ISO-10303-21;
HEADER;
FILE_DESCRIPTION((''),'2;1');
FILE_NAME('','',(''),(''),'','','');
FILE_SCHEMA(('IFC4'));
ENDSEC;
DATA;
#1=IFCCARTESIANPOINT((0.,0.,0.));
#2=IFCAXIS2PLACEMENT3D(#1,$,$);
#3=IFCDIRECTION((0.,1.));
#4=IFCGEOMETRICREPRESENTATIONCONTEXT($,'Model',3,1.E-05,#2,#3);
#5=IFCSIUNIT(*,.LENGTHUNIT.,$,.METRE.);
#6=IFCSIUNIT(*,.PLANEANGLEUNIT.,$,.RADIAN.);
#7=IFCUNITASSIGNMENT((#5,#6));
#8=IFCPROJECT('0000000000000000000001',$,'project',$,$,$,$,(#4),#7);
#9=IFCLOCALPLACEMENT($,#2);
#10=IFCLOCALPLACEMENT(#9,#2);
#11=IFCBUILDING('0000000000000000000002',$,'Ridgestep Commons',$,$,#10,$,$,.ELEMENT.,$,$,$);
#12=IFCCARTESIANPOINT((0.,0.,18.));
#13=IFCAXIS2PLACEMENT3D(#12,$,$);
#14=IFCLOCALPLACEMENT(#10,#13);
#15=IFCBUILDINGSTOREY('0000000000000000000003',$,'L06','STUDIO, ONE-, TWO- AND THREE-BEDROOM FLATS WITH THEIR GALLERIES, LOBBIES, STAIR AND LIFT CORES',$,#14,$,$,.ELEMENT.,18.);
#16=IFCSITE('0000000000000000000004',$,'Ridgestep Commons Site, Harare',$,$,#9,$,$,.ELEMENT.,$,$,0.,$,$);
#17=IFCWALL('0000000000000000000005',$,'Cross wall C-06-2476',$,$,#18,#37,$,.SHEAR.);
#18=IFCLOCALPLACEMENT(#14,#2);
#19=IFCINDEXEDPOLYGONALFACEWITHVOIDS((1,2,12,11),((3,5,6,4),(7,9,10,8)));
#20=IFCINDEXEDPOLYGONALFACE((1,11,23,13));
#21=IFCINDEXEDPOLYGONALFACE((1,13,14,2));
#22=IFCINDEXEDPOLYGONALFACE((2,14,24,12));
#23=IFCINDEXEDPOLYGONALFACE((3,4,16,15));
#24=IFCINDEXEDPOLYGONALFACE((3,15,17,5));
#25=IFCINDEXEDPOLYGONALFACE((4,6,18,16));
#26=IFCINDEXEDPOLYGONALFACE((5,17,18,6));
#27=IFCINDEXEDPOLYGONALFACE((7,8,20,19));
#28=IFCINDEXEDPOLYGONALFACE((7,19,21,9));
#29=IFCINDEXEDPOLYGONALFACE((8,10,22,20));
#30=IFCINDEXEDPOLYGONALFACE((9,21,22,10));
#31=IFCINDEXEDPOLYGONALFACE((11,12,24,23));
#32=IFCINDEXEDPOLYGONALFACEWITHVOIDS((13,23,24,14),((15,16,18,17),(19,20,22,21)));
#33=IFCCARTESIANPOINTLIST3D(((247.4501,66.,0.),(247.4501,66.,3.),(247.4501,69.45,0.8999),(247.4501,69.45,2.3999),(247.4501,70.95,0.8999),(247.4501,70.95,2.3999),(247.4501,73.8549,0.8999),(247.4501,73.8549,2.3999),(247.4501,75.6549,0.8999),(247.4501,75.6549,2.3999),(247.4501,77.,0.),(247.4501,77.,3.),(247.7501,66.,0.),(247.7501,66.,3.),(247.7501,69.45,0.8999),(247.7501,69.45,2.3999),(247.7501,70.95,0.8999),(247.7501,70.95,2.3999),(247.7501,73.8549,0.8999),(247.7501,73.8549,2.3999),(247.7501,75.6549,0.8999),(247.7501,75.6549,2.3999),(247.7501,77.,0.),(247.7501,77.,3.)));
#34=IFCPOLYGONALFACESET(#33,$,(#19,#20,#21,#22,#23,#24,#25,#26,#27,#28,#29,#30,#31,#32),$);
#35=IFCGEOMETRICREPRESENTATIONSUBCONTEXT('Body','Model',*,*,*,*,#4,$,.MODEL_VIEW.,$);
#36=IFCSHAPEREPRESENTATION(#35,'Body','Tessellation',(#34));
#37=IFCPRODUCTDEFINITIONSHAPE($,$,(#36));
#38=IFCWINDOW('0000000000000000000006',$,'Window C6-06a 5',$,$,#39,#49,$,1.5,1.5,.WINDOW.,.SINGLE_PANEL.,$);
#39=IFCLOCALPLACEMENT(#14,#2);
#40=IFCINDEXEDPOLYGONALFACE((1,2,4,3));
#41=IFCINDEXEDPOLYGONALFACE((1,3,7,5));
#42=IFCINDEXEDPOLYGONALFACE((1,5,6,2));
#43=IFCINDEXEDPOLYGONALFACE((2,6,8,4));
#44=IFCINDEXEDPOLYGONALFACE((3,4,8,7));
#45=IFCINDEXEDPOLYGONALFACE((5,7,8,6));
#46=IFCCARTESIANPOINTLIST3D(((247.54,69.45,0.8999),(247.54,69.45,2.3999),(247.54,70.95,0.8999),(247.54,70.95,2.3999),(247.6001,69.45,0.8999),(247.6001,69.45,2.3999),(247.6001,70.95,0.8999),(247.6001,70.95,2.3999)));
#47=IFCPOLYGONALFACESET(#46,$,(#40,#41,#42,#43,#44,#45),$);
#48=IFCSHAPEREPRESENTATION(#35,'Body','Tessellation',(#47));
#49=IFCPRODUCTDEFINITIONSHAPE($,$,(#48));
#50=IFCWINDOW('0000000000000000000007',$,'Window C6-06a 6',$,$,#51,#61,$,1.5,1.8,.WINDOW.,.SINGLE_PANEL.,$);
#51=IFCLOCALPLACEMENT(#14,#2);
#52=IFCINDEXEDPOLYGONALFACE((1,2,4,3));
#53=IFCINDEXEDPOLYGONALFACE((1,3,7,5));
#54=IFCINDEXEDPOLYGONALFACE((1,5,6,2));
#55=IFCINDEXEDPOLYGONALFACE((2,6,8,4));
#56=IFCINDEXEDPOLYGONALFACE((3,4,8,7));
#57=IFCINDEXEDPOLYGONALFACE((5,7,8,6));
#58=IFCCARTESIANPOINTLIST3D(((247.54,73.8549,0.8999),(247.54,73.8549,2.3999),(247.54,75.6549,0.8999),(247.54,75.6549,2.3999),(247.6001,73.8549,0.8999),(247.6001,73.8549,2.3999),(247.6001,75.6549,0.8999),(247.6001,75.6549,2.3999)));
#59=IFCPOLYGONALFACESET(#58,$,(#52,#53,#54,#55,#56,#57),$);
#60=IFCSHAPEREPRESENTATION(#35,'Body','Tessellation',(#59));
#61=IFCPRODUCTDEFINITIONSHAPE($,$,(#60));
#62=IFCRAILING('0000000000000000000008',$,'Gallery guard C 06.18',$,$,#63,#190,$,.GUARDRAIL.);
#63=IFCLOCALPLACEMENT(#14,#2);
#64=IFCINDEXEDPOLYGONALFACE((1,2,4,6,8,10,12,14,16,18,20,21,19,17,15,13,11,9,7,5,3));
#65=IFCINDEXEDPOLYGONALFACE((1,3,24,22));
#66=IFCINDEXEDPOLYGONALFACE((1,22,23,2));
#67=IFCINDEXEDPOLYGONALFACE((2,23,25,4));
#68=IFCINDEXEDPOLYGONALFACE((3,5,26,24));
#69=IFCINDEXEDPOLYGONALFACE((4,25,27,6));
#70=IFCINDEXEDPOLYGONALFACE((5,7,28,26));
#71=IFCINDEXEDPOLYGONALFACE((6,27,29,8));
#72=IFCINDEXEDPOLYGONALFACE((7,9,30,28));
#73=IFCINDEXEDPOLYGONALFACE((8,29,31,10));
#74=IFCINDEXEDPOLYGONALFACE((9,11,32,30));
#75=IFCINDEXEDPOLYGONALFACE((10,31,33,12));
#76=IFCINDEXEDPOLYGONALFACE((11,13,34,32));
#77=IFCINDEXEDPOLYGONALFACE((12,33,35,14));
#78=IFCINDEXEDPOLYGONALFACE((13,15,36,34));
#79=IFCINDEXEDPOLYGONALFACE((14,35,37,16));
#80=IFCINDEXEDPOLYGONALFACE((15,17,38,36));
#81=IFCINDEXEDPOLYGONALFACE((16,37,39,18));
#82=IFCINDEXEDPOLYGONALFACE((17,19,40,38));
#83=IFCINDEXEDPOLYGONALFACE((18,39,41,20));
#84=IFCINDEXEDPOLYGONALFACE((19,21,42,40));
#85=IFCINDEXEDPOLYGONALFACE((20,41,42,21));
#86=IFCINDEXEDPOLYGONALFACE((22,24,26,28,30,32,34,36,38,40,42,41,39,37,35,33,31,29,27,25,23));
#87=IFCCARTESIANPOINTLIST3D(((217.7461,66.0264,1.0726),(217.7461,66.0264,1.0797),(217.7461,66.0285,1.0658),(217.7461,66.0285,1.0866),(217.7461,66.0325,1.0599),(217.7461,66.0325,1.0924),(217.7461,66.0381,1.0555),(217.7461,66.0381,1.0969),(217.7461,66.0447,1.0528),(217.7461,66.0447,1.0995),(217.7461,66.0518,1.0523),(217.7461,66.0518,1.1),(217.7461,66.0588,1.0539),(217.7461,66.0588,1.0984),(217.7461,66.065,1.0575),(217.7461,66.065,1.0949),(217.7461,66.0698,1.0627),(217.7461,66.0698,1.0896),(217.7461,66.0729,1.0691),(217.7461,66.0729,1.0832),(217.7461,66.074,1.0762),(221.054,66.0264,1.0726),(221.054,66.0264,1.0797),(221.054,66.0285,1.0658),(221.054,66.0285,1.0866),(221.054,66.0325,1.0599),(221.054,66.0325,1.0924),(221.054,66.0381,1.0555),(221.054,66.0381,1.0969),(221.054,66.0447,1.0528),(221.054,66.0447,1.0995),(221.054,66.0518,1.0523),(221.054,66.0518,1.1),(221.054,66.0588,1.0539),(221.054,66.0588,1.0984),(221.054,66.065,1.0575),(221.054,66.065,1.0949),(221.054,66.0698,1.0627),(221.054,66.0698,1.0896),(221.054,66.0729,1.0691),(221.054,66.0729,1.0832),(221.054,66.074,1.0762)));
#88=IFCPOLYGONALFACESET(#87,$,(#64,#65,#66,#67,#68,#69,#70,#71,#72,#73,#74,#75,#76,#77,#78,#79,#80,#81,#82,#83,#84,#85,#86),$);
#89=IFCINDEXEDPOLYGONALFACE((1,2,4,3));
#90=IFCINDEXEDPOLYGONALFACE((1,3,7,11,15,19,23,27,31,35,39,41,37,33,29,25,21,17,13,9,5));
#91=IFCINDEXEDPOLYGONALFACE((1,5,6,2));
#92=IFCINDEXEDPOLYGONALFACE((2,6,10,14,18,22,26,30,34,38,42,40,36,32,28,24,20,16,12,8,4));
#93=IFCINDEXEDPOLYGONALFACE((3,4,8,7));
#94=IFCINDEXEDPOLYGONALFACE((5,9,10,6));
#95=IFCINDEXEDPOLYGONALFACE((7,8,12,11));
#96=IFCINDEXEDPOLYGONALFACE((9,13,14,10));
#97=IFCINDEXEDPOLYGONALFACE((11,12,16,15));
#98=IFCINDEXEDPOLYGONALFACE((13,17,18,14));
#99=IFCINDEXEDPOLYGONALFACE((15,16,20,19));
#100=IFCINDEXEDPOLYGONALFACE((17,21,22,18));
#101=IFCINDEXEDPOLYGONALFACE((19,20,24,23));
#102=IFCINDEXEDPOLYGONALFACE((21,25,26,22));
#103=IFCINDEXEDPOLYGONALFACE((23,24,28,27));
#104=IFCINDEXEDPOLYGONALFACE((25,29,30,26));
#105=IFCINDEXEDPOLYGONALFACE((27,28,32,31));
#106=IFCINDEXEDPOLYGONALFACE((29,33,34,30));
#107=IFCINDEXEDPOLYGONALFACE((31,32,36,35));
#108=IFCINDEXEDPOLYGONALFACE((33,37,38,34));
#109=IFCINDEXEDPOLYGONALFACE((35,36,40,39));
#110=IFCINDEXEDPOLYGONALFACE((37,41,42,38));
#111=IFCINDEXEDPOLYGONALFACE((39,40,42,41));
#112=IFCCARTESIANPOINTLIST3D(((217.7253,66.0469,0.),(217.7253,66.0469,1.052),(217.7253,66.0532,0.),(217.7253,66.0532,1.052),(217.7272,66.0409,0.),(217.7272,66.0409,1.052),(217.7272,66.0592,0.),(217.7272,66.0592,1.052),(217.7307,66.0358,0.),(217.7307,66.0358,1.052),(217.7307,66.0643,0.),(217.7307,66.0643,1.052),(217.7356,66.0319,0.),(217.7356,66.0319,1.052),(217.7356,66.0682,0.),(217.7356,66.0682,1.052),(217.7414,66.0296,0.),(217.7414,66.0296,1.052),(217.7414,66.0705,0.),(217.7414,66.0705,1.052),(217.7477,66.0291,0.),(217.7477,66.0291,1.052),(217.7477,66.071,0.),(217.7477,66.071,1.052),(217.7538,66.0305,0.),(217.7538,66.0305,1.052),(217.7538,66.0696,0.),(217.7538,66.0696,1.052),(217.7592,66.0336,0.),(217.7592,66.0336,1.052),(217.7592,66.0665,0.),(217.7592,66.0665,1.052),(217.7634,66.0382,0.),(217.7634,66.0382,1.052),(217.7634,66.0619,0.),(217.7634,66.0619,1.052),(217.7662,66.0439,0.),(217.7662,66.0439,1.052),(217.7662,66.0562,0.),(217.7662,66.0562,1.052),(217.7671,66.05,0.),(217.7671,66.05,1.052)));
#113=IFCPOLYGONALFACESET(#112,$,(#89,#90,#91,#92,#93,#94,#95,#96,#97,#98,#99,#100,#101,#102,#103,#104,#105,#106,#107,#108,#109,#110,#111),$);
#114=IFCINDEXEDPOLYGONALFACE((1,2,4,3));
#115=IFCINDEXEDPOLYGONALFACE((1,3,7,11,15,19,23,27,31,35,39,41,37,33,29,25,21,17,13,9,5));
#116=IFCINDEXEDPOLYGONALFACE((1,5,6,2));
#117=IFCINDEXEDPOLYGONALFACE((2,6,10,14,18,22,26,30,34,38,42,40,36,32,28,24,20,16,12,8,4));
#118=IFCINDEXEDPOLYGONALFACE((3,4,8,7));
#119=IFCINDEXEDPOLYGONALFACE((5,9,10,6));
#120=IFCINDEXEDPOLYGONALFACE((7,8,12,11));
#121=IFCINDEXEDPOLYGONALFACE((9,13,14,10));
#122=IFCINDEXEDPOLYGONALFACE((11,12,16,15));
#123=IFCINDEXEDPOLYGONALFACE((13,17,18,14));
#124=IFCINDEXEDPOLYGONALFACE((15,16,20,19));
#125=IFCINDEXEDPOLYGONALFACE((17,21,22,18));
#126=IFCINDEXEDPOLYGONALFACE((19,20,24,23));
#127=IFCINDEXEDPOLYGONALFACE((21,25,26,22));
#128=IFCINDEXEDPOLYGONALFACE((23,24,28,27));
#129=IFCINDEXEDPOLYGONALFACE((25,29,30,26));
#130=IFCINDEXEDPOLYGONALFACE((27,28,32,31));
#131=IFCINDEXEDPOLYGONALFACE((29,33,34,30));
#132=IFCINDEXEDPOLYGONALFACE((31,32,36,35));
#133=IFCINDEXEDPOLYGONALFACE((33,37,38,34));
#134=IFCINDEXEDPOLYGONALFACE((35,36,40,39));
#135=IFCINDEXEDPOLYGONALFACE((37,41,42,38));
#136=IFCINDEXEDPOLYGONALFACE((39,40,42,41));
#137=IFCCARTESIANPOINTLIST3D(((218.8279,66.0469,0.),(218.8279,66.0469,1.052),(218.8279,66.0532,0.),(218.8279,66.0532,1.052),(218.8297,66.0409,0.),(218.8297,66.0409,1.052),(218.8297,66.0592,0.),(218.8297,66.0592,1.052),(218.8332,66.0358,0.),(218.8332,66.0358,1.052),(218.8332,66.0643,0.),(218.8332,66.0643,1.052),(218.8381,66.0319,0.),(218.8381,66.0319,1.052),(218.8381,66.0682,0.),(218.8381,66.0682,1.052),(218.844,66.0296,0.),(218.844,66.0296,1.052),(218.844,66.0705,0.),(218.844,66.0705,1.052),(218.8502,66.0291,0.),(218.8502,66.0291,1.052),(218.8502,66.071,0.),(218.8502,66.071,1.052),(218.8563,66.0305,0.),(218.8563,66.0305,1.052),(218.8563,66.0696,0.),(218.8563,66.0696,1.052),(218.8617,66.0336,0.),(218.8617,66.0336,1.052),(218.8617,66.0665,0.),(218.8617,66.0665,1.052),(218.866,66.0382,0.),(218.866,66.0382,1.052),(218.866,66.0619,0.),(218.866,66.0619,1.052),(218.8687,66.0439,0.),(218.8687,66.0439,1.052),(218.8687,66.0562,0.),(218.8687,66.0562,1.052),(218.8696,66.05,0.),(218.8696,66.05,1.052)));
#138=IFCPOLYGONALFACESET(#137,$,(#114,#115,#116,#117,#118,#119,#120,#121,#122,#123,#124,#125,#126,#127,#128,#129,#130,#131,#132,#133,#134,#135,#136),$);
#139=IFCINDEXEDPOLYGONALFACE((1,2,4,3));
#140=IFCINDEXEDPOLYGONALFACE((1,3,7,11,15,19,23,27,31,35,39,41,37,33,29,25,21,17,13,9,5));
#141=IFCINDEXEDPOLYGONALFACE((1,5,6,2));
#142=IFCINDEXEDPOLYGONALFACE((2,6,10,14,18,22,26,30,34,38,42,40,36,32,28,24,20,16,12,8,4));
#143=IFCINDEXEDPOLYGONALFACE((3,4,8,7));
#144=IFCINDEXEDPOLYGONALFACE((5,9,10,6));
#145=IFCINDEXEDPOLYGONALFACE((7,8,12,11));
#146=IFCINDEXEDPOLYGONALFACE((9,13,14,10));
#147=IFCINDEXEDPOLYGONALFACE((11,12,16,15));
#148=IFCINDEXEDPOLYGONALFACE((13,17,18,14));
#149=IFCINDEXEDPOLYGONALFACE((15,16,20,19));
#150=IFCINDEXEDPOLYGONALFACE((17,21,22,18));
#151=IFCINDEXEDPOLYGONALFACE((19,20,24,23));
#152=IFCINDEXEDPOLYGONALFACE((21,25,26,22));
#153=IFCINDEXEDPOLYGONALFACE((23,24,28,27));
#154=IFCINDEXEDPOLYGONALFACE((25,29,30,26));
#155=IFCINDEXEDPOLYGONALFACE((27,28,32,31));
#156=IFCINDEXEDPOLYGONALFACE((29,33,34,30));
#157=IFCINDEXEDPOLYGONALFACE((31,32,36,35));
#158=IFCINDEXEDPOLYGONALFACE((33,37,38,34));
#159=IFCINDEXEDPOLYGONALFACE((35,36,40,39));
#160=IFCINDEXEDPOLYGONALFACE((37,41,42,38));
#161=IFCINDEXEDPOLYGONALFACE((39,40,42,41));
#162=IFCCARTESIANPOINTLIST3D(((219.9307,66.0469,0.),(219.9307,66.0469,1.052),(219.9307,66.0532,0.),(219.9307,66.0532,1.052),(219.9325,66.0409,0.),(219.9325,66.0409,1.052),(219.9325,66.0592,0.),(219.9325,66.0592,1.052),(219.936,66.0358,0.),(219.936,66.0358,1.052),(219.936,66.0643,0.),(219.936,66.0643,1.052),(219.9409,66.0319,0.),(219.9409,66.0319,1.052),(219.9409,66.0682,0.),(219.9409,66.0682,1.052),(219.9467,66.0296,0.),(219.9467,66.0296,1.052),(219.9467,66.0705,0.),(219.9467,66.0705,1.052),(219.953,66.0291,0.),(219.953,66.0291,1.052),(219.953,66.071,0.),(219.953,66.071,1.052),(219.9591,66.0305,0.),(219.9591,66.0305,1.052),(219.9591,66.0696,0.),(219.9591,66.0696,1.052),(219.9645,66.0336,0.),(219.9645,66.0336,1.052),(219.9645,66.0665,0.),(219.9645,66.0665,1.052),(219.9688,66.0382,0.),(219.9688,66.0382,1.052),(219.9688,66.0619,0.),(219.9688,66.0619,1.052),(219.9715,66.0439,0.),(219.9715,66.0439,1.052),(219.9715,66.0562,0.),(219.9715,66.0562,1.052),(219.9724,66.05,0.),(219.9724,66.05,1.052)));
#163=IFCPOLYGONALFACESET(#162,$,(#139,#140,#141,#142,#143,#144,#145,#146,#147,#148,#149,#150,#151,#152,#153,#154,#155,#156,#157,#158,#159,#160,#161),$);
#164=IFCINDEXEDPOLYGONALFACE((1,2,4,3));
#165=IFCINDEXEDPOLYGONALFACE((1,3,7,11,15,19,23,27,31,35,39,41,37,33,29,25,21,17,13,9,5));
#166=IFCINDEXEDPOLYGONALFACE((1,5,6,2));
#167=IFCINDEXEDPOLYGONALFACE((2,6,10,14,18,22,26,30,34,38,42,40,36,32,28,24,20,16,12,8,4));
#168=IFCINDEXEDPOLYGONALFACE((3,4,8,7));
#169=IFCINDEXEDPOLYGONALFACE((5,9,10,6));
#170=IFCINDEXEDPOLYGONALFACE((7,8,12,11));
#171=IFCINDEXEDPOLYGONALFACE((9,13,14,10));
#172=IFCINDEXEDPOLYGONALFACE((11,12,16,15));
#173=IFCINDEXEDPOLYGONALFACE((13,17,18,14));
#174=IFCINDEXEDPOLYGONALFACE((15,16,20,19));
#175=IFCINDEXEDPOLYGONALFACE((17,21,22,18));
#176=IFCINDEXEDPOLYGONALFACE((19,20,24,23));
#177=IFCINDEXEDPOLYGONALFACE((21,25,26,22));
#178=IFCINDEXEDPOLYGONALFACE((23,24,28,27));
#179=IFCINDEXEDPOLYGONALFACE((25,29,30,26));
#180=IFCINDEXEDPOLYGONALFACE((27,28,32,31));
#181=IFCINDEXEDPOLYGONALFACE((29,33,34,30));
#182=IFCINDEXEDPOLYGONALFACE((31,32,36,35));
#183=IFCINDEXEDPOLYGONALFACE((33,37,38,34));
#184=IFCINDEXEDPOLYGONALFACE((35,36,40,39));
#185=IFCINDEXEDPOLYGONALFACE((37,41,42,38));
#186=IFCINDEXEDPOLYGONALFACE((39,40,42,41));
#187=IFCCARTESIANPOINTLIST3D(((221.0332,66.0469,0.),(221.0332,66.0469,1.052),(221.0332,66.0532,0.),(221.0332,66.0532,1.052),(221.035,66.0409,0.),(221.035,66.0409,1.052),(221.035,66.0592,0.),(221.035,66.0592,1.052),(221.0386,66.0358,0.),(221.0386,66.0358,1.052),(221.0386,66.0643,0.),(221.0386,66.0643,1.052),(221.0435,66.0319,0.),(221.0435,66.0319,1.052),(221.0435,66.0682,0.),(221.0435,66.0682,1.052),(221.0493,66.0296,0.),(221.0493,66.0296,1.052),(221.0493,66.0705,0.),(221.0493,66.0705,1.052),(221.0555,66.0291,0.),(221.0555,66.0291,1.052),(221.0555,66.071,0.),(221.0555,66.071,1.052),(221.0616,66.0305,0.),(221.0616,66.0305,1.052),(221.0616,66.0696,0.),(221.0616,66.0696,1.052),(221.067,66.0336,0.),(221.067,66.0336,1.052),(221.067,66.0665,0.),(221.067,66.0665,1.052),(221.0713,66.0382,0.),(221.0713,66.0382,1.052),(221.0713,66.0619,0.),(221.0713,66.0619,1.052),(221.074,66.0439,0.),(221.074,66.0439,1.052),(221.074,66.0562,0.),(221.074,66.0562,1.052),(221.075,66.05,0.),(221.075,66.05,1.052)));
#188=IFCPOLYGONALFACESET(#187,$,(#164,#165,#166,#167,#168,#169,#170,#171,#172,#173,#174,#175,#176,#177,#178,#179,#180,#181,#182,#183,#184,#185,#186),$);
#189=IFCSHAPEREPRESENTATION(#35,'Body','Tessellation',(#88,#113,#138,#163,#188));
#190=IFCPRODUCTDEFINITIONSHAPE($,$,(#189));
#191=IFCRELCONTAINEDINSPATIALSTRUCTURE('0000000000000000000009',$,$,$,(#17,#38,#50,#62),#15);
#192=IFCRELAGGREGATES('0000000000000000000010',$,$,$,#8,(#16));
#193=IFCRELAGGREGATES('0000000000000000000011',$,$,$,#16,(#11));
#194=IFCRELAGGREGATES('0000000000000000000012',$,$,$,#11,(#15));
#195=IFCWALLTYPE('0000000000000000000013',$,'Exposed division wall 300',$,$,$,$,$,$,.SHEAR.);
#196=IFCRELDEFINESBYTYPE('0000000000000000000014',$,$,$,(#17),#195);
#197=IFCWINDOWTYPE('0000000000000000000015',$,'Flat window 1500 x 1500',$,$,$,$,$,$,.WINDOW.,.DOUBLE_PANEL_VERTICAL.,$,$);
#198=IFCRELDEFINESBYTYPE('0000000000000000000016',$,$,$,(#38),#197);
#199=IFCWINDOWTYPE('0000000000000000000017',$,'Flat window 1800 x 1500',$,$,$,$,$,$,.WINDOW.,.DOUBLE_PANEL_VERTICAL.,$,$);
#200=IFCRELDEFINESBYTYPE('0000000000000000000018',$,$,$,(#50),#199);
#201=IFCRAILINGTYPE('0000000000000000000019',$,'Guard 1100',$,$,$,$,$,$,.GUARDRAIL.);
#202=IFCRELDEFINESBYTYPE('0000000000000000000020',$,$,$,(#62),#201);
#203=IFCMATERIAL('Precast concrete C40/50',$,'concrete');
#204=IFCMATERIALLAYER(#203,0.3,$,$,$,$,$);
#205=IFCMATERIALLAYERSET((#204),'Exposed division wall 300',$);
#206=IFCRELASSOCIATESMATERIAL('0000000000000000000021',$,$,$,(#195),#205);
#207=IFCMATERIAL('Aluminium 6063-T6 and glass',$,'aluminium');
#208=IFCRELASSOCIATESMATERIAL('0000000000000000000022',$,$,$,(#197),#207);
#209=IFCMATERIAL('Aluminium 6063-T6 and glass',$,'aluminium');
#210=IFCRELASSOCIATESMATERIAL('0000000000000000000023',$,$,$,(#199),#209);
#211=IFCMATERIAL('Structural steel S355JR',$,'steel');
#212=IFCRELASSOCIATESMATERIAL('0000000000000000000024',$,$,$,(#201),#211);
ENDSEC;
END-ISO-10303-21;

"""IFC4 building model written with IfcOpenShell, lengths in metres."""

from ifc_helpers import new_model, si_unit, direction, frame, frame_2d, origin, origin_2d, place, context, subcontext, project, spatial, rectangle, circle, extrude, material, layer, layer_set, type_object, element, fill, save


model = new_model("IFC4")

# Units and contexts
model_context = context("Model", 3, precision=1e-05, world=origin(), true_north=direction((0.0, 1.0)))
body_context = subcontext(model_context, "Body", "Model", "MODEL_VIEW")
ifc_project = project(units=[si_unit("LENGTHUNIT", "METRE"), si_unit("PLANEANGLEUNIT", "RADIAN")], contexts=[model_context])

# Site, building, storey
site_placement = place(None, origin())
site = spatial("IfcSite", under=ifc_project, at=site_placement, Name="Ridgestep Commons Site, Harare", CompositionType="ELEMENT", RefElevation=0.0)
building_placement = place(site_placement, origin())
building = spatial("IfcBuilding", under=site, at=building_placement, Name="Ridgestep Commons", CompositionType="ELEMENT")
storey_placement = place(building_placement, frame((0.0, 0.0, 18.0)))
storey = spatial("IfcBuildingStorey", under=building, at=storey_placement, Name="L06", Description="STUDIO, ONE-, TWO- AND THREE-BEDROOM FLATS WITH THEIR GALLERIES, LOBBIES, STAIR AND LIFT CORES", CompositionType="ELEMENT", Elevation=18.0)

# Wall, openings, windows
ifc_material_1 = material(Name="Precast concrete C40/50", Category="concrete")
ifc_layer_1 = layer(ifc_material_1, 0.3)
ifc_layer_set_1 = layer_set([ifc_layer_1], Name="Exposed division wall 300")
wall_type_1 = type_object("IfcWallType", Name="Exposed division wall 300", PredefinedType="SHEAR", material=ifc_layer_set_1)
wall_1_placement = place(storey_placement, frame((247.6001, 66.0, 0.0), z_axis=(0.0, 0.0, 1.0), x_axis=(0.0, 1.0, 0.0)))
wall_1 = element("IfcWall", 1, at=wall_1_placement, inside=storey, type_object=wall_type_1, Name="Cross wall C-06-2476", PredefinedType="SHEAR", context=body_context, shape_type="SweptSolid", body=[
    extrude(rectangle(XDim=11.0, YDim=0.3, at=frame_2d((5.5, 0.0))), origin(), (0.0, 0.0, 1.0), 3.0),
])
opening_1_placement = place(wall_1_placement, frame((3.45, 0.0, 0.8999)))
opening_1 = element("IfcOpeningElement", 2, at=opening_1_placement, cuts=wall_1, PredefinedType="OPENING", context=body_context, shape_type="SweptSolid", body=[
    extrude(rectangle(XDim=1.5, YDim=1.5, at=frame_2d((0.75, 0.75))), frame((0.0, 0.1599, 0.0), z_axis=(0.0, -1.0, 0.0), x_axis=(1.0, 0.0, 0.0)), (0.0, 0.0, 1.0), 0.3201),
])
opening_2_placement = place(wall_1_placement, frame((7.855, 0.0, 0.8999)))
opening_2 = element("IfcOpeningElement", 3, at=opening_2_placement, cuts=wall_1, PredefinedType="OPENING", context=body_context, shape_type="SweptSolid", body=[
    extrude(rectangle(XDim=1.8, YDim=1.5, at=frame_2d((0.8999, 0.75))), frame((0.0, 0.1599, 0.0), z_axis=(0.0, -1.0, 0.0), x_axis=(1.0, 0.0, 0.0)), (0.0, 0.0, 1.0), 0.3201),
])
ifc_material_2 = material(Name="Aluminium 6063-T6 and glass", Category="aluminium")
window_type_1 = type_object("IfcWindowType", Name="Flat window 1500 x 1500", PartitioningType="DOUBLE_PANEL_VERTICAL", PredefinedType="WINDOW", material=ifc_material_2)
window_1_placement = place(opening_1_placement, origin())
window_1 = element("IfcWindow", 4, at=window_1_placement, inside=storey, type_object=window_type_1, Name="Window C6-06a 5", OverallHeight=1.5, OverallWidth=1.5, PartitioningType="SINGLE_PANEL", PredefinedType="WINDOW", context=body_context, shape_type="SweptSolid", body=[
    extrude(rectangle(XDim=1.5, YDim=1.5, at=frame_2d((0.75, 0.75))), frame((0.0, 0.0601, 0.0), z_axis=(0.0, -1.0, 0.0), x_axis=(1.0, 0.0, 0.0)), (0.0, 0.0, 1.0), 0.0601),
])
fill(opening_1, window_1)
ifc_material_3 = material(Name="Aluminium 6063-T6 and glass", Category="aluminium")
window_type_2 = type_object("IfcWindowType", Name="Flat window 1800 x 1500", PartitioningType="DOUBLE_PANEL_VERTICAL", PredefinedType="WINDOW", material=ifc_material_3)
window_2_placement = place(opening_2_placement, origin())
window_2 = element("IfcWindow", 5, at=window_2_placement, inside=storey, type_object=window_type_2, Name="Window C6-06a 6", OverallHeight=1.5, OverallWidth=1.8, PartitioningType="SINGLE_PANEL", PredefinedType="WINDOW", context=body_context, shape_type="SweptSolid", body=[
    extrude(rectangle(XDim=1.8, YDim=1.5, at=frame_2d((0.8999, 0.75))), frame((0.0, 0.0601, 0.0), z_axis=(0.0, -1.0, 0.0), x_axis=(1.0, 0.0, 0.0)), (0.0, 0.0, 1.0), 0.0601),
])
fill(opening_2, window_2)

# Railing
ifc_material_4 = material(Name="Structural steel S355JR", Category="steel")
railing_type_1 = type_object("IfcRailingType", Name="Guard 1100", PredefinedType="GUARDRAIL", material=ifc_material_4)
railing_1_placement = place(storey_placement, frame((217.7461, 66.05, 0.0)))
element("IfcRailing", 6, at=railing_1_placement, inside=storey, type_object=railing_type_1, Name="Gallery guard C 06.18", PredefinedType="GUARDRAIL", context=body_context, shape_type="SweptSolid", body=[
    extrude(circle(Radius=0.0239, at=origin_2d()), frame((0.0, 0.0, 1.0762), z_axis=(1.0, 0.0, 0.0), x_axis=(0.0, 1.0, 0.0)), (0.0, 0.0, 1.0), 3.3079),
    extrude(circle(Radius=0.021, at=origin_2d()), origin(), (0.0, 0.0, 1.0), 1.052),
    extrude(circle(Radius=0.021, at=origin_2d()), frame((1.1025, 0.0, 0.0)), (0.0, 0.0, 1.0), 1.052),
    extrude(circle(Radius=0.021, at=origin_2d()), frame((2.2053, 0.0, 0.0)), (0.0, 0.0, 1.0), 1.052),
    extrude(circle(Radius=0.021, at=origin_2d()), frame((3.3079, 0.0, 0.0)), (0.0, 0.0, 1.0), 1.052),
])

save(model, "model.ifc")
